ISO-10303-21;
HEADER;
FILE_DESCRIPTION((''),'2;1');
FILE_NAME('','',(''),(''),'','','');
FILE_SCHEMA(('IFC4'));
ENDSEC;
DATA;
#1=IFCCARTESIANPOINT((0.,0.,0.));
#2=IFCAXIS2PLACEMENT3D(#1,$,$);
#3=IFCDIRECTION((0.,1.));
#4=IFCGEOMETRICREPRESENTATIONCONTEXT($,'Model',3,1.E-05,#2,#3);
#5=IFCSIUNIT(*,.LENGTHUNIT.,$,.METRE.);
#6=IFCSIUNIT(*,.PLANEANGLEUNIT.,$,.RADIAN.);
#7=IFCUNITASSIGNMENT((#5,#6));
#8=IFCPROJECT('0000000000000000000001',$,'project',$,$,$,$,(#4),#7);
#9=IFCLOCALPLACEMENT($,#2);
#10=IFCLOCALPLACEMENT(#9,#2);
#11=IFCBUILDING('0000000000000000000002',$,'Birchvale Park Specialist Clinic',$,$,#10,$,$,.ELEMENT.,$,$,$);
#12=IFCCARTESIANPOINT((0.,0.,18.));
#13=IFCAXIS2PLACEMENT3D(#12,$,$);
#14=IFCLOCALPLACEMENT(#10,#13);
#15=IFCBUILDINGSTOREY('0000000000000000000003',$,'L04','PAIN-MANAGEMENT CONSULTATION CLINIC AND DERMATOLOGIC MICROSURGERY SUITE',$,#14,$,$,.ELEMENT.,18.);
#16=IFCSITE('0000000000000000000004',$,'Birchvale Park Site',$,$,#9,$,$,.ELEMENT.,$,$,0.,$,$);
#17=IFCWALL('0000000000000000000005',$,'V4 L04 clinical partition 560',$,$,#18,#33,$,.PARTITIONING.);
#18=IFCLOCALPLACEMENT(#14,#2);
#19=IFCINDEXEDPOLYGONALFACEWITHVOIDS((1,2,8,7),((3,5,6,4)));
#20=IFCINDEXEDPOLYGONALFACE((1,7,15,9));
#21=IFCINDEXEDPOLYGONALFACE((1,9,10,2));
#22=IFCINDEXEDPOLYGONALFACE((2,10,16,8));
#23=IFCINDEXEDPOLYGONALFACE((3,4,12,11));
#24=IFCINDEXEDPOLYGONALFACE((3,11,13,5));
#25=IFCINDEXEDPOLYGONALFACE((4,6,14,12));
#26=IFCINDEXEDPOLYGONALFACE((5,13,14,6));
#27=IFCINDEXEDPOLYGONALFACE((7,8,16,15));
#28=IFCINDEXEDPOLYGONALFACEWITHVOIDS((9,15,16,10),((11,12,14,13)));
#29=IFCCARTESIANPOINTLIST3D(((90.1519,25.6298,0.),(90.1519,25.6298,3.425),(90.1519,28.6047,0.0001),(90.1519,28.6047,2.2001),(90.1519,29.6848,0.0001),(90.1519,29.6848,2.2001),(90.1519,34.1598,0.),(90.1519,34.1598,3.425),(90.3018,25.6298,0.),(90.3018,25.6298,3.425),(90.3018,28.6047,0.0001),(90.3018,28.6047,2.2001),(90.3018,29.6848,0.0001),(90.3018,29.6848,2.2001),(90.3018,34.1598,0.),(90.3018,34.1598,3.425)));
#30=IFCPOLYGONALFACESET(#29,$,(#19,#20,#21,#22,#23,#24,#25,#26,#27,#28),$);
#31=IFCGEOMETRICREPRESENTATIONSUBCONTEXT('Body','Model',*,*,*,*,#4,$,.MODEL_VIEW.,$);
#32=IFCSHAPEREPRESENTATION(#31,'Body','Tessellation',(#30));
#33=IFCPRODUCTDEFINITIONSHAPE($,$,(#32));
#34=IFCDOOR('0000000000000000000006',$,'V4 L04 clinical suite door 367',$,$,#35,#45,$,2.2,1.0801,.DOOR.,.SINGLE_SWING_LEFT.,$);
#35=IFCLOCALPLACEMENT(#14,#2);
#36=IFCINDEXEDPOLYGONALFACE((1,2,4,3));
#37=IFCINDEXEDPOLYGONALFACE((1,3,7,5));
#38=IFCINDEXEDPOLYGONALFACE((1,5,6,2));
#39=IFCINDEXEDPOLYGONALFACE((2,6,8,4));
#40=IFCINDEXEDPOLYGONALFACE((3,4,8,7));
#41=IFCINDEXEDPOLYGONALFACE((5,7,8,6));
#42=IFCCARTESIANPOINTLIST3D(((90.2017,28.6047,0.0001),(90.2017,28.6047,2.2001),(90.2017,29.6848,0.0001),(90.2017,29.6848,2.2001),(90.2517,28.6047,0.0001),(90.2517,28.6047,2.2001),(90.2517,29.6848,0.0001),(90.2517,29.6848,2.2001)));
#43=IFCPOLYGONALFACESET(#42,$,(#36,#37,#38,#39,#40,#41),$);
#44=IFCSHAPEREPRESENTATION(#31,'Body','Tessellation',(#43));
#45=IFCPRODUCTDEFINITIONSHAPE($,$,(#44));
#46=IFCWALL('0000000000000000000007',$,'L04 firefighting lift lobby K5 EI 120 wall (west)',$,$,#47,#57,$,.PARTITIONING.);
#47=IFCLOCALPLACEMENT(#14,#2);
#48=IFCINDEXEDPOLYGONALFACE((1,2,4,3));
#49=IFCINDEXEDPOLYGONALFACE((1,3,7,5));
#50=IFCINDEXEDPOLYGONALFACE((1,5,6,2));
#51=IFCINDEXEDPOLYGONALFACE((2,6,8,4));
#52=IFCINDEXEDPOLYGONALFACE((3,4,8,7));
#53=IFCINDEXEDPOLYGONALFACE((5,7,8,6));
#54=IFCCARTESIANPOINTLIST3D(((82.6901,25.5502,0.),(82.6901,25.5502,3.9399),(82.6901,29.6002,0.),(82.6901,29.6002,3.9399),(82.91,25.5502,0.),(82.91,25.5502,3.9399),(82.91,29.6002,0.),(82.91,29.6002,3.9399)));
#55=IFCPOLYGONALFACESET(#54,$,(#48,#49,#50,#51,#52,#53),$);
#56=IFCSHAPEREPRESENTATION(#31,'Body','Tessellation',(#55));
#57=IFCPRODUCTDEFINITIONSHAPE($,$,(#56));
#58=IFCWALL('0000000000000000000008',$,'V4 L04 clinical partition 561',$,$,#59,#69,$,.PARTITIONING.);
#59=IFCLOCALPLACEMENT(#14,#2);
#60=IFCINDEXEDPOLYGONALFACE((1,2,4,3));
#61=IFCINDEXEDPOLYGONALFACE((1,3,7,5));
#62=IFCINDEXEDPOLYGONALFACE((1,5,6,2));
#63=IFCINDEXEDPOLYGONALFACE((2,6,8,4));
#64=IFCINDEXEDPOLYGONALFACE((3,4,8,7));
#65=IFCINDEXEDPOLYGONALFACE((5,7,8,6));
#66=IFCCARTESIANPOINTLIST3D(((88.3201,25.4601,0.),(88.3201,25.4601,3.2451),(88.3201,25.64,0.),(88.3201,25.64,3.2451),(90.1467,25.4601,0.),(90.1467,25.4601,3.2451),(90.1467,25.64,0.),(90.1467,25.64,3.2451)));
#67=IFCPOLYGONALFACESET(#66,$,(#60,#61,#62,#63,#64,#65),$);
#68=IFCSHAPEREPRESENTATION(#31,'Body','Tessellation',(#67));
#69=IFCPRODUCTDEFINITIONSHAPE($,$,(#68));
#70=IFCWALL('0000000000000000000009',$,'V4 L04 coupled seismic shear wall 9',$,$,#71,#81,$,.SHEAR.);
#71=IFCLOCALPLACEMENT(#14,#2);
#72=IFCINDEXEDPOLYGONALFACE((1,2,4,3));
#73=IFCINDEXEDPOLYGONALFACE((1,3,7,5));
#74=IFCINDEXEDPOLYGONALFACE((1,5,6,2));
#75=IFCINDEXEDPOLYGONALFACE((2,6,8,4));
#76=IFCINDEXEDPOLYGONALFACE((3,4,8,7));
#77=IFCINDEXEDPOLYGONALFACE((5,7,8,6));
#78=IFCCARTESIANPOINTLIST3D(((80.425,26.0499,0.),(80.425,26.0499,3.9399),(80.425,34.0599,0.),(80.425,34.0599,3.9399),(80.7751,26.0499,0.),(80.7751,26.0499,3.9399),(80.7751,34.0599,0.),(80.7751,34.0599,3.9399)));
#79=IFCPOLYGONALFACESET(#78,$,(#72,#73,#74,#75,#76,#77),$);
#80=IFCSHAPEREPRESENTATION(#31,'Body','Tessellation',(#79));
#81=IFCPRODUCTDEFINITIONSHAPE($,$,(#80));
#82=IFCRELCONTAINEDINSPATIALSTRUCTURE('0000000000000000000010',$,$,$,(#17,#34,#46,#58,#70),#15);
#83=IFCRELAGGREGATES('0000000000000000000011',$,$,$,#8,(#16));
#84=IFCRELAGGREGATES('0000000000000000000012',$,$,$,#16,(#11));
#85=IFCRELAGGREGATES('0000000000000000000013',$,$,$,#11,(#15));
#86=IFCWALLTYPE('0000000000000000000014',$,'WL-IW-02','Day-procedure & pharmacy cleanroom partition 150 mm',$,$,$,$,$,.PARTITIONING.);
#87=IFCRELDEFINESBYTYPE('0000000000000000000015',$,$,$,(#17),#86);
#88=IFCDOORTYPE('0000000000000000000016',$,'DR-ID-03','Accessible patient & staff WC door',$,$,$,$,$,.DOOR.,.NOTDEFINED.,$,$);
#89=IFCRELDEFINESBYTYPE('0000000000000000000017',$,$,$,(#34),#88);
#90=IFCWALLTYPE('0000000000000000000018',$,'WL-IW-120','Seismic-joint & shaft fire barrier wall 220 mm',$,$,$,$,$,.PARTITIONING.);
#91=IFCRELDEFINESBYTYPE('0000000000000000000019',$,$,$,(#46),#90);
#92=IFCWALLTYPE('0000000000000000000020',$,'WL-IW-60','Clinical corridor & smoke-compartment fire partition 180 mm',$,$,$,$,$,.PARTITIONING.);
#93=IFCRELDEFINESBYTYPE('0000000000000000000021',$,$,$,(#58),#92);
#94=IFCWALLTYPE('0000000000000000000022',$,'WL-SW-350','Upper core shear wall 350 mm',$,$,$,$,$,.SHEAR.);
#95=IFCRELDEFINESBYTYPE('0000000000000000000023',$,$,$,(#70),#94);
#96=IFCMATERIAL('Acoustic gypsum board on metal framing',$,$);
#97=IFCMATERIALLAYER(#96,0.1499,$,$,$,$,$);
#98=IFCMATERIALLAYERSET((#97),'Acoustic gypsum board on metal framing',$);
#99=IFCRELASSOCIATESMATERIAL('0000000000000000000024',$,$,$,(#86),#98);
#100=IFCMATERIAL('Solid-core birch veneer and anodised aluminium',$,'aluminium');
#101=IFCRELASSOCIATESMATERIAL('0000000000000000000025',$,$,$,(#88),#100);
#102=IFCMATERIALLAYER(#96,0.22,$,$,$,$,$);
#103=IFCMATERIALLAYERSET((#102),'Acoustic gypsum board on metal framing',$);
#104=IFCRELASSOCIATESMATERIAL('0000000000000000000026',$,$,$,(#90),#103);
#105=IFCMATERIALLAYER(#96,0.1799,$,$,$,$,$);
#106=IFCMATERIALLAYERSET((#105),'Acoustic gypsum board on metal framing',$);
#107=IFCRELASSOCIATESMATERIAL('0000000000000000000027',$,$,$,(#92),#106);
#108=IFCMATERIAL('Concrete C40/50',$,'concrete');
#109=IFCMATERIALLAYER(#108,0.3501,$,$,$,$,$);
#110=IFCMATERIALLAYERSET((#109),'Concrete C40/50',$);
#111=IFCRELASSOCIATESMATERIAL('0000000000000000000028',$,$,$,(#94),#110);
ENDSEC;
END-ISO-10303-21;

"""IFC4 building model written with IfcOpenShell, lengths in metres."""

from ifc_helpers import new_model, si_unit, direction, frame, frame_2d, origin, place, context, subcontext, project, spatial, rectangle, extrude, material, layer, layer_set, type_object, element, fill, save


model = new_model("IFC4")

# Units and contexts
model_context = context("Model", 3, precision=1e-05, world=origin(), true_north=direction((0.0, 1.0)))
body_context = subcontext(model_context, "Body", "Model", "MODEL_VIEW")
ifc_project = project(units=[si_unit("LENGTHUNIT", "METRE"), si_unit("PLANEANGLEUNIT", "RADIAN")], contexts=[model_context])

# Site, building, storey
site_placement = place(None, origin())
site = spatial("IfcSite", under=ifc_project, at=site_placement, Name="Birchvale Park Site", CompositionType="ELEMENT", RefElevation=0.0)
building_placement = place(site_placement, origin())
building = spatial("IfcBuilding", under=site, at=building_placement, Name="Birchvale Park Specialist Clinic", CompositionType="ELEMENT")
storey_placement = place(building_placement, frame((0.0, 0.0, 18.0)))
storey = spatial("IfcBuildingStorey", under=building, at=storey_placement, Name="L04", Description="PAIN-MANAGEMENT CONSULTATION CLINIC AND DERMATOLOGIC MICROSURGERY SUITE", CompositionType="ELEMENT", Elevation=18.0)

# Shared definitions
ifc_material_1 = material(Name="Concrete C40/50", Category="concrete")

# Shared definitions
ifc_material_2 = material(Name="Solid-core birch veneer and anodised aluminium", Category="aluminium")

# Wall, opening, door
ifc_material_3 = material(Name="Acoustic gypsum board on metal framing")
ifc_layer_1 = layer(ifc_material_3, 0.1499)
ifc_layer_set_1 = layer_set([ifc_layer_1], Name="Acoustic gypsum board on metal framing")
wall_type_1 = type_object("IfcWallType", Name="WL-IW-02", Description="Day-procedure & pharmacy cleanroom partition 150 mm", PredefinedType="PARTITIONING", material=ifc_layer_set_1)
wall_1_placement = place(storey_placement, frame((90.2268, 34.1599, 0.0), z_axis=(0.0, 0.0, 1.0), x_axis=(0.0, -1.0, 0.0)))
wall_1 = element("IfcWall", 1, at=wall_1_placement, inside=storey, type_object=wall_type_1, Name="V4 L04 clinical partition 560", PredefinedType="PARTITIONING", context=body_context, shape_type="SweptSolid", body=[
    extrude(rectangle(XDim=8.53, YDim=0.1499, at=frame_2d((4.2651, 0.0))), origin(), (0.0, 0.0, 1.0), 3.425),
])
opening_1_placement = place(wall_1_placement, frame((4.4751, 0.0, 0.0)))
opening_1 = element("IfcOpeningElement", 2, at=opening_1_placement, cuts=wall_1, PredefinedType="OPENING", context=body_context, shape_type="SweptSolid", body=[
    extrude(rectangle(XDim=1.0801, YDim=2.2, at=frame_2d((0.54, 1.1001))), frame((0.0, 0.085, 0.0), z_axis=(0.0, -1.0, 0.0), x_axis=(1.0, 0.0, 0.0)), (0.0, 0.0, 1.0), 0.1699),
])
door_type_1 = type_object("IfcDoorType", Name="DR-ID-03", Description="Accessible patient & staff WC door", OperationType="NOTDEFINED", PredefinedType="DOOR", material=ifc_material_2)
door_1_placement = place(opening_1_placement, origin())
door_1 = element("IfcDoor", 3, at=door_1_placement, inside=storey, type_object=door_type_1, Name="V4 L04 clinical suite door 367", OperationType="SINGLE_SWING_LEFT", OverallHeight=2.2, OverallWidth=1.0801, PredefinedType="DOOR", context=body_context, shape_type="SweptSolid", body=[
    extrude(rectangle(XDim=1.0801, YDim=2.2, at=frame_2d((0.54, 1.1001))), frame((0.0, 0.0249, 0.0), z_axis=(0.0, -1.0, 0.0), x_axis=(1.0, 0.0, 0.0)), (0.0, 0.0, 1.0), 0.05),
])
fill(opening_1, door_1)

# Walls
ifc_layer_2 = layer(ifc_material_3, 0.22)
ifc_layer_set_2 = layer_set([ifc_layer_2], Name="Acoustic gypsum board on metal framing")
wall_type_2 = type_object("IfcWallType", Name="WL-IW-120", Description="Seismic-joint & shaft fire barrier wall 220 mm", PredefinedType="PARTITIONING", material=ifc_layer_set_2)
wall_2_placement = place(storey_placement, frame((82.8, 29.6001, 0.0), z_axis=(0.0, 0.0, 1.0), x_axis=(0.0, -1.0, 0.0)))
element("IfcWall", 4, at=wall_2_placement, inside=storey, type_object=wall_type_2, Name="L04 firefighting lift lobby K5 EI 120 wall (west)", PredefinedType="PARTITIONING", context=body_context, shape_type="SweptSolid", body=[
    extrude(rectangle(XDim=4.05, YDim=0.22, at=frame_2d((2.0249, 0.0))), origin(), (0.0, 0.0, 1.0), 3.9399),
])
ifc_layer_3 = layer(ifc_material_3, 0.1799)
ifc_layer_set_3 = layer_set([ifc_layer_3], Name="Acoustic gypsum board on metal framing")
wall_type_3 = type_object("IfcWallType", Name="WL-IW-60", Description="Clinical corridor & smoke-compartment fire partition 180 mm", PredefinedType="PARTITIONING", material=ifc_layer_set_3)
wall_3_placement = place(storey_placement, frame((90.1467, 25.55, 0.0), z_axis=(0.0, 0.0, 1.0), x_axis=(-1.0, 0.0, 0.0)))
element("IfcWall", 5, at=wall_3_placement, inside=storey, type_object=wall_type_3, Name="V4 L04 clinical partition 561", PredefinedType="PARTITIONING", context=body_context, shape_type="SweptSolid", body=[
    extrude(rectangle(XDim=1.8267, YDim=0.1799, at=frame_2d((0.9133, 0.0))), origin(), (0.0, 0.0, 1.0), 3.2451),
])
ifc_layer_4 = layer(ifc_material_1, 0.3501)
ifc_layer_set_4 = layer_set([ifc_layer_4], Name="Concrete C40/50")
wall_type_4 = type_object("IfcWallType", Name="WL-SW-350", Description="Upper core shear wall 350 mm", PredefinedType="SHEAR", material=ifc_layer_set_4)
wall_4_placement = place(storey_placement, frame((80.6001, 26.05, 0.0), z_axis=(0.0, 0.0, 1.0), x_axis=(0.0, 1.0, 0.0)))
element("IfcWall", 6, at=wall_4_placement, inside=storey, type_object=wall_type_4, Name="V4 L04 coupled seismic shear wall 9", PredefinedType="SHEAR", context=body_context, shape_type="SweptSolid", body=[
    extrude(rectangle(XDim=8.01, YDim=0.3501, at=frame_2d((4.0049, 0.0))), origin(), (0.0, 0.0, 1.0), 3.9399),
])

save(model, "model.ifc")
